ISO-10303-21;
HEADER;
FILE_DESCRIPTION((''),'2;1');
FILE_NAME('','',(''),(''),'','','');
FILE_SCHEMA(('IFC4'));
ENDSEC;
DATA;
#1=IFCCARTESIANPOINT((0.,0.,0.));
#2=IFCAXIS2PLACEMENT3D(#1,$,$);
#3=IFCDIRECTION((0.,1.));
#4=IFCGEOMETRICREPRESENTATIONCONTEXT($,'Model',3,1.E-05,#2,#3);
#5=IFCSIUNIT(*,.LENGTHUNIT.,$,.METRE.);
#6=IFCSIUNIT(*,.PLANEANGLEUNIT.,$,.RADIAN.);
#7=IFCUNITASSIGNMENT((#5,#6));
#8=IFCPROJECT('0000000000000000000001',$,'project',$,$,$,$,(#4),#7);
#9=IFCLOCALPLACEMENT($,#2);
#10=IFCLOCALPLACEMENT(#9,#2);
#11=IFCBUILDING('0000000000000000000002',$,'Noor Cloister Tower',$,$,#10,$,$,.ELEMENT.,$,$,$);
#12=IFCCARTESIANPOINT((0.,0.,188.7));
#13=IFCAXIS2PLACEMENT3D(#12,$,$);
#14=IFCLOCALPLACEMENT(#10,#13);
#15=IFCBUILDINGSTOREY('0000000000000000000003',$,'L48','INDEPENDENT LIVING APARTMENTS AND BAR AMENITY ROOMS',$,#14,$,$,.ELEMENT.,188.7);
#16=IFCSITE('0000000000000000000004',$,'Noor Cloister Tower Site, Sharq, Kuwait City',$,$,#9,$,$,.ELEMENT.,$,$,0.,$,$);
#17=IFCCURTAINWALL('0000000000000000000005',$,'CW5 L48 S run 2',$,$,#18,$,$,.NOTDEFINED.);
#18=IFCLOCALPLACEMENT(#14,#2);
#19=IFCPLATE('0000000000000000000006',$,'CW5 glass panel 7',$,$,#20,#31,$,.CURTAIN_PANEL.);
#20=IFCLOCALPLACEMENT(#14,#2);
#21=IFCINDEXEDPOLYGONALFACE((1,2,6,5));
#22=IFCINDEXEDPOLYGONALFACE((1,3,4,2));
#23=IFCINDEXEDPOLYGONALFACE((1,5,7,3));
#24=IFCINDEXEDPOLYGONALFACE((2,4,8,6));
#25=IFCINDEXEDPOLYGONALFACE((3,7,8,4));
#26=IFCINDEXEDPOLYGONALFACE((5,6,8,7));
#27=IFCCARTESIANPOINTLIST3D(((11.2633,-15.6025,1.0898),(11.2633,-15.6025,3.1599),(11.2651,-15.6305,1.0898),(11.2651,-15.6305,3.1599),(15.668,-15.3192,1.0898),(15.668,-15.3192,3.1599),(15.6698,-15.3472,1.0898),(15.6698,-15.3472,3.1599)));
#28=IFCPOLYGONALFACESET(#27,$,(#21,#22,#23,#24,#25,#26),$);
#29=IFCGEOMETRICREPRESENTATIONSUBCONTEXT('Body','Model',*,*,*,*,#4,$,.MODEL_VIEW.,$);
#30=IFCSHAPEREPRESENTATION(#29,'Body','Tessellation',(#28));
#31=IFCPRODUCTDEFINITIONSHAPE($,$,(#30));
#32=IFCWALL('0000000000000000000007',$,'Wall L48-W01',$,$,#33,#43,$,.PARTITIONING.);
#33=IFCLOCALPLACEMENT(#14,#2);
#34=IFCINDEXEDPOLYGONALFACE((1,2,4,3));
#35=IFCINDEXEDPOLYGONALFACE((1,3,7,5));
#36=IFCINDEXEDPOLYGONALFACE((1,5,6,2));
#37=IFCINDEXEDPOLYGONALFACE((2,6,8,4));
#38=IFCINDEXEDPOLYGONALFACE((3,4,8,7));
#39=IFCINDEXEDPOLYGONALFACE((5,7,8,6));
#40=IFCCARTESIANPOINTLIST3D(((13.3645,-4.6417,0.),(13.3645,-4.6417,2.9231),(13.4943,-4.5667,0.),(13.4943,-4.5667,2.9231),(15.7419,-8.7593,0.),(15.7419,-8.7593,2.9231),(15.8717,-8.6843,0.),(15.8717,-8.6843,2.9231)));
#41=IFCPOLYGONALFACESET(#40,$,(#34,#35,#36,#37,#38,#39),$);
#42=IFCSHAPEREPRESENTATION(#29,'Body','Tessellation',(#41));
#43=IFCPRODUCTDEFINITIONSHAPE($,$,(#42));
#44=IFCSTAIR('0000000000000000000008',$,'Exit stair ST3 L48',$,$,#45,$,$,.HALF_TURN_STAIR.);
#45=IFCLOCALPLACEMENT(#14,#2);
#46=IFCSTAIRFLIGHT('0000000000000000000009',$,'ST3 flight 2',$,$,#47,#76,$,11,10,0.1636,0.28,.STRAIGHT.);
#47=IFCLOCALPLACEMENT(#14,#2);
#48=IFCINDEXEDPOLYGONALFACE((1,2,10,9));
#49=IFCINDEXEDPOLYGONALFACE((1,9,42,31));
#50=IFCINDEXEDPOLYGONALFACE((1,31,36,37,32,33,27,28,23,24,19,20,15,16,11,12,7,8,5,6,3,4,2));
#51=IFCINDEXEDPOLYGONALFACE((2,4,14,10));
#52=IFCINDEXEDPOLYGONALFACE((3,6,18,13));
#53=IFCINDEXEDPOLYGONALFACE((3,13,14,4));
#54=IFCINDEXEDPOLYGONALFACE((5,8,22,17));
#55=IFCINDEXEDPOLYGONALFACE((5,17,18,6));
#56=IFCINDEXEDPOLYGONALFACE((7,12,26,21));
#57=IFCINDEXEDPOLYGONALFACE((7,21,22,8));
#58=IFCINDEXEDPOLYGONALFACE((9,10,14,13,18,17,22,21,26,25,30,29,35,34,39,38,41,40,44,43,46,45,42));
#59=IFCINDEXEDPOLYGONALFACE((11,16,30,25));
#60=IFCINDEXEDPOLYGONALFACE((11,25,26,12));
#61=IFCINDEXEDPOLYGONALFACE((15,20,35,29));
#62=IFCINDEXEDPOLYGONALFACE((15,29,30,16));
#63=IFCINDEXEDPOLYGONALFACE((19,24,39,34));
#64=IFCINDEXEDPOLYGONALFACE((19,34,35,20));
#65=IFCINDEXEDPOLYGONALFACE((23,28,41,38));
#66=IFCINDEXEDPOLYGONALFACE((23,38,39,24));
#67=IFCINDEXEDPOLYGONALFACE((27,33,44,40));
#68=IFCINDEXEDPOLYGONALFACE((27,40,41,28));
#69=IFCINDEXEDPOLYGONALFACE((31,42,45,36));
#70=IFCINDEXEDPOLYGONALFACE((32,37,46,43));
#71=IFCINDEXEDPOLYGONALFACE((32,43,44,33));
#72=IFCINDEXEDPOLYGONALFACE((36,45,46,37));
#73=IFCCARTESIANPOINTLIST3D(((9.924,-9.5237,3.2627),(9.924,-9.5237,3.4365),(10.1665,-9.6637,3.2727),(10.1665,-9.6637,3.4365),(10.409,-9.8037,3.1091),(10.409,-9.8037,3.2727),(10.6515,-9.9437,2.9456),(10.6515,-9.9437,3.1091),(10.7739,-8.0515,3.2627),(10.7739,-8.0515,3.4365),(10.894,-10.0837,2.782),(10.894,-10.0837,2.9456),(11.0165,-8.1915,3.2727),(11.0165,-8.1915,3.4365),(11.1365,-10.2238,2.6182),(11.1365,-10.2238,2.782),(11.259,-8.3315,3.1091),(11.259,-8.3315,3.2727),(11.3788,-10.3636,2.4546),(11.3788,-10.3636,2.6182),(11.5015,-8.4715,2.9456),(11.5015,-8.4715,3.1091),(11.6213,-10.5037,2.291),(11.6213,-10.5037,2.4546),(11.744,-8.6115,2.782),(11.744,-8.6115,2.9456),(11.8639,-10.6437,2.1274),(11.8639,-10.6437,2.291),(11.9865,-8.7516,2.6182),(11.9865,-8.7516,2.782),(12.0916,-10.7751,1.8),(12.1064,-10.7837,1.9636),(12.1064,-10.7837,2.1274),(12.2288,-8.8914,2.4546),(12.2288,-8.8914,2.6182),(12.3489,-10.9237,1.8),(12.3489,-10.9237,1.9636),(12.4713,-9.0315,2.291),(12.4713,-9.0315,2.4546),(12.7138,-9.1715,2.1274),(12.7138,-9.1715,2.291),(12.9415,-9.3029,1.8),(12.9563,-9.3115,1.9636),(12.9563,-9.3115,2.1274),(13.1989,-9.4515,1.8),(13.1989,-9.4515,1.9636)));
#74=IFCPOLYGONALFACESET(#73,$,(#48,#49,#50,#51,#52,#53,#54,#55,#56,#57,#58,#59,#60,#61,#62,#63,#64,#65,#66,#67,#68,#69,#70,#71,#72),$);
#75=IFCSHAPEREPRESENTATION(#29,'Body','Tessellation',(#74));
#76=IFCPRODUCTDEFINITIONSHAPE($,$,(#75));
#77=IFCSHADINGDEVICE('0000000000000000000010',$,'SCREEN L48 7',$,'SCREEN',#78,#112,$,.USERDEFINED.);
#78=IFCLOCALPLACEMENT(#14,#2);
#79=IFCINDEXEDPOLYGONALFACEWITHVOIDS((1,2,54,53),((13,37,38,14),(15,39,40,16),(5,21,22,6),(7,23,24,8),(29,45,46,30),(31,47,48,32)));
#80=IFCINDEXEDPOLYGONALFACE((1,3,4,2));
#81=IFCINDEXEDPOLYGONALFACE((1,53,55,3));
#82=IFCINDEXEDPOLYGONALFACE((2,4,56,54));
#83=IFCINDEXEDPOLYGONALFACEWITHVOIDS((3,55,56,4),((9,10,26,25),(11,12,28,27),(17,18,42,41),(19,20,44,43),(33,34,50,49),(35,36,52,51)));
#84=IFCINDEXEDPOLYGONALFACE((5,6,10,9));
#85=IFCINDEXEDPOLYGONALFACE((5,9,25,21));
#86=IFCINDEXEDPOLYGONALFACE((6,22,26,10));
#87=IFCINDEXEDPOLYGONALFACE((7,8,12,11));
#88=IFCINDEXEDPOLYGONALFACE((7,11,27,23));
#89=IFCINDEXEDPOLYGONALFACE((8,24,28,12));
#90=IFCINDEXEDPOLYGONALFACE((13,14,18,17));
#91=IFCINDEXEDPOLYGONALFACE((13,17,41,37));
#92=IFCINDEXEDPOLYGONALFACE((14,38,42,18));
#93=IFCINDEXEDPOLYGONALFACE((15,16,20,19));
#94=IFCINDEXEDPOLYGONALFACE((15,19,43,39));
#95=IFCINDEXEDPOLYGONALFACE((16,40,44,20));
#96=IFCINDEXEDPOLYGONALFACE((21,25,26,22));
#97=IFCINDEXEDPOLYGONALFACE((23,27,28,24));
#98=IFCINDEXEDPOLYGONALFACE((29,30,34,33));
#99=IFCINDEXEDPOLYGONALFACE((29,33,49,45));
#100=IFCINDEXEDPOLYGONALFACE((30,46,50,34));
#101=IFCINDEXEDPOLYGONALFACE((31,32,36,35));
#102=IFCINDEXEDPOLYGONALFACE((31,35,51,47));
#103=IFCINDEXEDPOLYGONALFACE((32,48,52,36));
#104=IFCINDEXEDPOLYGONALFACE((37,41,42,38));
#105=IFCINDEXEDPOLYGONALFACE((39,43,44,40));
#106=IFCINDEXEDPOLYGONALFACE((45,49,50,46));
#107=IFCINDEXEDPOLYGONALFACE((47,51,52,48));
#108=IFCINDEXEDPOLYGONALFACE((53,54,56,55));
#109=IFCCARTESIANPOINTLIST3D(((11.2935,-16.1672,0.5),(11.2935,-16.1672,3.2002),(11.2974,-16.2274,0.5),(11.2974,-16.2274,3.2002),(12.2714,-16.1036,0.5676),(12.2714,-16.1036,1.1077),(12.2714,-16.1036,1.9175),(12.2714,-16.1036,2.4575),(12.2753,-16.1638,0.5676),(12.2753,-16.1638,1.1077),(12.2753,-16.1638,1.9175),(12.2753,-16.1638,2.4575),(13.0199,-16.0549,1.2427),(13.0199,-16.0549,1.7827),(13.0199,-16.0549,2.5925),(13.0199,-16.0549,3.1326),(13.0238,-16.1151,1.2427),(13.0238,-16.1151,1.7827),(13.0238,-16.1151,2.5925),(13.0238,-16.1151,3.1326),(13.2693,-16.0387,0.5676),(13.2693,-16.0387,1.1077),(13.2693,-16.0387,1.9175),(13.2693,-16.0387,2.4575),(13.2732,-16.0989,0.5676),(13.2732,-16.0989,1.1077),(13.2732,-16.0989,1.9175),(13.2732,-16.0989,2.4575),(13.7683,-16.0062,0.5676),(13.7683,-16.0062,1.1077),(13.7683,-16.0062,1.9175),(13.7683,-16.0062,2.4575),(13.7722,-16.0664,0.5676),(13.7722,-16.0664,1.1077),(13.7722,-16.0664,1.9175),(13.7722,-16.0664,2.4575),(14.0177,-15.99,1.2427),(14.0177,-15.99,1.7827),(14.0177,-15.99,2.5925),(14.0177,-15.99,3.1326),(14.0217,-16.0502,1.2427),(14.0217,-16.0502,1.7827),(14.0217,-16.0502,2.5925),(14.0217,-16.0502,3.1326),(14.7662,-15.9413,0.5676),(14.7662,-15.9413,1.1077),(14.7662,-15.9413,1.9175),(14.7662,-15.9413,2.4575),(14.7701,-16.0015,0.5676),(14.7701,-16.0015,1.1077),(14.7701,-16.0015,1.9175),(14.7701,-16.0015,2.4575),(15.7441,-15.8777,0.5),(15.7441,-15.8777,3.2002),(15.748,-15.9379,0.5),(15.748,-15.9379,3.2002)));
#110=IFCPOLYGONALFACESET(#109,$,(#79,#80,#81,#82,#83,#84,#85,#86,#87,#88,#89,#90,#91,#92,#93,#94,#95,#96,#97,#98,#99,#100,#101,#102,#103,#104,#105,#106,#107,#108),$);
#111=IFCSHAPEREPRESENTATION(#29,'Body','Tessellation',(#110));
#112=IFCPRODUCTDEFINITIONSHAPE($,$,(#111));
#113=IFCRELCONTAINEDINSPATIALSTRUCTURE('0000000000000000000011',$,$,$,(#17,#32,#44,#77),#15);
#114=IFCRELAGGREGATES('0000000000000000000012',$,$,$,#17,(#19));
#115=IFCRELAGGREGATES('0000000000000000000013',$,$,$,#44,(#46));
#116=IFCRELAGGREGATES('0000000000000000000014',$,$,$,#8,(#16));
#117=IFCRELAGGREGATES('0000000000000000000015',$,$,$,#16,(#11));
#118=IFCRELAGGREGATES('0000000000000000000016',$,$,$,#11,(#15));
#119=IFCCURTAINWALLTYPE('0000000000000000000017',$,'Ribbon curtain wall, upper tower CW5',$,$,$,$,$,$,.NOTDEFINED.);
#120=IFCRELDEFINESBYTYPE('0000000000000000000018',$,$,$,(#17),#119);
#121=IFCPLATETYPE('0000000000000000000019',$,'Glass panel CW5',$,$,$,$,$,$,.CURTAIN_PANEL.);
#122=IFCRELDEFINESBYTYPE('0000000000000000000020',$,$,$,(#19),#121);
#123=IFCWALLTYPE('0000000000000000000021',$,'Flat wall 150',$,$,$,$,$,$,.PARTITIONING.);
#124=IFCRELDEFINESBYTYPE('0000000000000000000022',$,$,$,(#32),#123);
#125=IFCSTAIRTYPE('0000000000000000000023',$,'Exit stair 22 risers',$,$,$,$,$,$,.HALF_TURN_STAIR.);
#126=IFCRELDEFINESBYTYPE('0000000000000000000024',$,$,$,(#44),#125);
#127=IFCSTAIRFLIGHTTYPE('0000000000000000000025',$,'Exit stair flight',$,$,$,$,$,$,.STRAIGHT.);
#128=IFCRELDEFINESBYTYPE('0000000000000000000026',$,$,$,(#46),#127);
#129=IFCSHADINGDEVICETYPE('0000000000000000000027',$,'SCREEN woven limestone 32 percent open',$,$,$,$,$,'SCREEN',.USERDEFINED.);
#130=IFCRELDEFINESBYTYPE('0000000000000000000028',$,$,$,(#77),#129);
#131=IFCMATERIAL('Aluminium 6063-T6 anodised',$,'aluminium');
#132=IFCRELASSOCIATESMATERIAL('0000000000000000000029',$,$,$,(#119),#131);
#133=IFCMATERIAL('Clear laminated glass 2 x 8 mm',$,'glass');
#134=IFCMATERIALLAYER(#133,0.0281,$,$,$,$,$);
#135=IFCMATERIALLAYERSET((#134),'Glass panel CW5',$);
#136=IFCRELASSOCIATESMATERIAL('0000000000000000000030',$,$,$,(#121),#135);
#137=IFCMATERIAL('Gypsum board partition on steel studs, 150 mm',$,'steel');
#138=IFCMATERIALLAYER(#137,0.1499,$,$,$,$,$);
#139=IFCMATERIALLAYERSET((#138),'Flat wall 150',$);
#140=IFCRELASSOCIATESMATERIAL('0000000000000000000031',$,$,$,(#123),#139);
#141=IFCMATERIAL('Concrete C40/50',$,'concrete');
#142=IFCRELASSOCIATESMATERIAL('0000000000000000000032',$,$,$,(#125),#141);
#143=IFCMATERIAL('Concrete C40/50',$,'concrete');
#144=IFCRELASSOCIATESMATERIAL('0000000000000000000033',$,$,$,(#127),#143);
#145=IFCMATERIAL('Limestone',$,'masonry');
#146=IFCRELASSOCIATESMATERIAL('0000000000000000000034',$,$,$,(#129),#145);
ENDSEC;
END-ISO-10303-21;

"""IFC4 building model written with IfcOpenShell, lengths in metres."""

from ifc_helpers import new_model, si_unit, direction, frame, frame_2d, origin, origin_2d, place, context, subcontext, project, spatial, polyline, rectangle, outline, extrude, material, layer, layer_set, material_profile, profile_set, type_object, element, aggregate, save


model = new_model("IFC4")

# Units and contexts
model_context = context("Model", 3, precision=1e-05, world=origin(), true_north=direction((0.0, 1.0)))
body_context = subcontext(model_context, "Body", "Model", "MODEL_VIEW")
ifc_project = project(units=[si_unit("LENGTHUNIT", "METRE"), si_unit("PLANEANGLEUNIT", "RADIAN")], contexts=[model_context])

# Site, building, storey
site_placement = place(None, origin())
site = spatial("IfcSite", under=ifc_project, at=site_placement, Name="Noor Cloister Tower Site, Sharq, Kuwait City", CompositionType="ELEMENT", RefElevation=0.0)
building_placement = place(site_placement, origin())
building = spatial("IfcBuilding", under=site, at=building_placement, Name="Noor Cloister Tower", CompositionType="ELEMENT")
storey_placement = place(building_placement, frame((0.0, 0.0, 188.7)))
storey = spatial("IfcBuildingStorey", under=building, at=storey_placement, Name="L48", Description="INDEPENDENT LIVING APARTMENTS AND BAR AMENITY ROOMS", CompositionType="ELEMENT", Elevation=188.7)

# Curtain wall
ifc_material_1 = material(Name="Aluminium 6063-T6 anodised", Category="aluminium")
curtain_wall_type = type_object("IfcCurtainWallType", Name="Ribbon curtain wall, upper tower CW5", PredefinedType="NOTDEFINED", material=ifc_material_1)
curtain_wall_placement = place(storey_placement, origin())
curtain_wall = element("IfcCurtainWall", 1, at=curtain_wall_placement, inside=storey, type_object=curtain_wall_type, Name="CW5 L48 S run 2", PredefinedType="NOTDEFINED")

# Plate
ifc_material_2 = material(Name="Clear laminated glass 2 x 8 mm", Category="glass")
ifc_layer_1 = layer(ifc_material_2, 0.0281)
ifc_layer_set_1 = layer_set([ifc_layer_1], Name="Glass panel CW5")
plate_type = type_object("IfcPlateType", Name="Glass panel CW5", PredefinedType="CURTAIN_PANEL", material=ifc_layer_set_1)
plate_placement = place(storey_placement, frame((13.4666, -15.4749, 1.0898), z_axis=(0.0, 0.0, 1.0), x_axis=(0.997938, 0.06418, 0.0)))
plate = element("IfcPlate", 2, at=plate_placement, type_object=plate_type, Name="CW5 glass panel 7", PredefinedType="CURTAIN_PANEL", context=body_context, shape_type="SweptSolid", body=[
    extrude(rectangle(XDim=4.4138, YDim=0.0281, at=origin_2d()), origin(), (0.0, 0.0, 1.0), 2.0701),
])
aggregate(curtain_wall, [plate])

# Wall
ifc_material_3 = material(Name="Gypsum board partition on steel studs, 150 mm", Category="steel")
ifc_layer_2 = layer(ifc_material_3, 0.1499)
ifc_layer_set_2 = layer_set([ifc_layer_2], Name="Flat wall 150")
wall_type = type_object("IfcWallType", Name="Flat wall 150", PredefinedType="PARTITIONING", material=ifc_layer_set_2)
wall_placement = place(storey_placement, frame((15.8069, -8.7219, 0.0), z_axis=(0.0, 0.0, 1.0), x_axis=(-0.500016, 0.866016, 0.0)))
element("IfcWall", 3, at=wall_placement, inside=storey, type_object=wall_type, Name="Wall L48-W01", PredefinedType="PARTITIONING", context=body_context, shape_type="SweptSolid", body=[
    extrude(rectangle(XDim=4.7546, YDim=0.1499, at=frame_2d((2.3774, 0.0))), origin(), (0.0, 0.0, 1.0), 2.9231),
])

# Stair, stair flight
ifc_material_4 = material(Name="Concrete C40/50", Category="concrete")
stair_type = type_object("IfcStairType", Name="Exit stair 22 risers", PredefinedType="HALF_TURN_STAIR", material=ifc_material_4)
stair_placement = place(storey_placement, origin())
stair = element("IfcStair", 4, at=stair_placement, inside=storey, type_object=stair_type, Name="Exit stair ST3 L48", PredefinedType="HALF_TURN_STAIR")
ifc_material_5 = material(Name="Concrete C40/50", Category="concrete")
stair_flight_type = type_object("IfcStairFlightType", Name="Exit stair flight", PredefinedType="STRAIGHT", material=ifc_material_5)
stair_flight_placement = place(storey_placement, frame((12.7739, -10.1875, 1.8), z_axis=(0.0, 0.0, 1.0), x_axis=(-0.866025, 0.5, 0.0)))
stair_flight = element("IfcStairFlight", 5, at=stair_flight_placement, type_object=stair_flight_type, Name="ST3 flight 2", NumberOfRisers=11, NumberOfTreads=10, PredefinedType="STRAIGHT", RiserHeight=0.1636, TreadLength=0.28, context=body_context, shape_type="SweptSolid", body=[
    extrude(outline(polyline([(0.0, 0.0), (0.0, 0.1636), (0.28, 0.1636), (0.28, 0.3274), (0.5601, 0.3274), (0.5601, 0.491), (0.8401, 0.491), (0.8401, 0.6545), (1.1201, 0.6545), (1.1201, 0.8181), (1.3999, 0.8181), (1.3999, 0.9819), (1.6799, 0.9819), (1.6799, 1.1455), (1.96, 1.1455), (1.96, 1.3091), (2.24, 1.3091), (2.24, 1.4727), (2.52, 1.4727), (2.52, 1.6365), (2.8, 1.6365), (2.8, 1.8), (2.8, 1.4626), (0.2971, 0.0), (0.0, 0.0)])), frame((0.0, 0.8501, 0.0), z_axis=(0.0, -1.0, 0.0), x_axis=(1.0, 0.0, 0.0)), (0.0, 0.0, 1.0), 1.7),
])
aggregate(stair, [stair_flight])

# Shading device
ifc_material_6 = material(Name="Limestone", Category="masonry")
ifc_material_profile_1 = material_profile(ifc_material_6, outline(polyline([(-2.23, -1.3501), (2.23, -1.3501), (2.23, 1.3501), (-2.23, 1.3501), (-2.23, -1.3501)]), holes=[polyline([(-1.25, -1.2825), (-0.25, -1.2825), (-0.25, -0.7424), (-1.25, -0.7424), (-1.25, -1.2825)]), polyline([(0.25, -1.2825), (1.25, -1.2825), (1.25, -0.7424), (0.25, -0.7424), (0.25, -1.2825)]), polyline([(-0.5, -0.6074), (0.5, -0.6074), (0.5, -0.0674), (-0.5, -0.0674), (-0.5, -0.6074)]), polyline([(-1.25, 0.0674), (-0.25, 0.0674), (-0.25, 0.6074), (-1.25, 0.6074), (-1.25, 0.0674)]), polyline([(0.25, 0.0674), (1.25, 0.0674), (1.25, 0.6074), (0.25, 0.6074), (0.25, 0.0674)]), polyline([(-0.5, 0.7424), (0.5, 0.7424), (0.5, 1.2825), (-0.5, 1.2825), (-0.5, 0.7424)])]), Name="Woven screen 32 percent open")
ifc_profile_set_1 = profile_set([ifc_material_profile_1], Name="Limestone")
shading_device_type = type_object("IfcShadingDeviceType", Name="SCREEN woven limestone 32 percent open", ElementType="SCREEN", PredefinedType="USERDEFINED", material=ifc_profile_set_1)
shading_device_placement = place(storey_placement, frame((13.5188, -16.0225, 1.8501), z_axis=(0.064904, -0.997892, 0.0), x_axis=(0.997892, 0.064904, 0.0)))
element("IfcShadingDevice", 6, at=shading_device_placement, inside=storey, type_object=shading_device_type, Name="SCREEN L48 7", ObjectType="SCREEN", PredefinedType="USERDEFINED", context=body_context, shape_type="SweptSolid", body=[
    extrude(outline(polyline([(-2.23, -1.3501), (2.23, -1.3501), (2.23, 1.3501), (-2.23, 1.3501), (-2.23, -1.3501)]), holes=[polyline([(-1.25, -1.2825), (-0.25, -1.2825), (-0.25, -0.7424), (-1.25, -0.7424), (-1.25, -1.2825)]), polyline([(0.25, -1.2825), (1.25, -1.2825), (1.25, -0.7424), (0.25, -0.7424), (0.25, -1.2825)]), polyline([(-0.5, -0.6074), (0.5, -0.6074), (0.5, -0.0674), (-0.5, -0.0674), (-0.5, -0.6074)]), polyline([(-1.25, 0.0674), (-0.25, 0.0674), (-0.25, 0.6074), (-1.25, 0.6074), (-1.25, 0.0674)]), polyline([(0.25, 0.0674), (1.25, 0.0674), (1.25, 0.6074), (0.25, 0.6074), (0.25, 0.0674)]), polyline([(-0.5, 0.7424), (0.5, 0.7424), (0.5, 1.2825), (-0.5, 1.2825), (-0.5, 0.7424)])]), origin(), (0.0, 0.0, 1.0), 0.0603),
])

save(model, "model.ifc")
